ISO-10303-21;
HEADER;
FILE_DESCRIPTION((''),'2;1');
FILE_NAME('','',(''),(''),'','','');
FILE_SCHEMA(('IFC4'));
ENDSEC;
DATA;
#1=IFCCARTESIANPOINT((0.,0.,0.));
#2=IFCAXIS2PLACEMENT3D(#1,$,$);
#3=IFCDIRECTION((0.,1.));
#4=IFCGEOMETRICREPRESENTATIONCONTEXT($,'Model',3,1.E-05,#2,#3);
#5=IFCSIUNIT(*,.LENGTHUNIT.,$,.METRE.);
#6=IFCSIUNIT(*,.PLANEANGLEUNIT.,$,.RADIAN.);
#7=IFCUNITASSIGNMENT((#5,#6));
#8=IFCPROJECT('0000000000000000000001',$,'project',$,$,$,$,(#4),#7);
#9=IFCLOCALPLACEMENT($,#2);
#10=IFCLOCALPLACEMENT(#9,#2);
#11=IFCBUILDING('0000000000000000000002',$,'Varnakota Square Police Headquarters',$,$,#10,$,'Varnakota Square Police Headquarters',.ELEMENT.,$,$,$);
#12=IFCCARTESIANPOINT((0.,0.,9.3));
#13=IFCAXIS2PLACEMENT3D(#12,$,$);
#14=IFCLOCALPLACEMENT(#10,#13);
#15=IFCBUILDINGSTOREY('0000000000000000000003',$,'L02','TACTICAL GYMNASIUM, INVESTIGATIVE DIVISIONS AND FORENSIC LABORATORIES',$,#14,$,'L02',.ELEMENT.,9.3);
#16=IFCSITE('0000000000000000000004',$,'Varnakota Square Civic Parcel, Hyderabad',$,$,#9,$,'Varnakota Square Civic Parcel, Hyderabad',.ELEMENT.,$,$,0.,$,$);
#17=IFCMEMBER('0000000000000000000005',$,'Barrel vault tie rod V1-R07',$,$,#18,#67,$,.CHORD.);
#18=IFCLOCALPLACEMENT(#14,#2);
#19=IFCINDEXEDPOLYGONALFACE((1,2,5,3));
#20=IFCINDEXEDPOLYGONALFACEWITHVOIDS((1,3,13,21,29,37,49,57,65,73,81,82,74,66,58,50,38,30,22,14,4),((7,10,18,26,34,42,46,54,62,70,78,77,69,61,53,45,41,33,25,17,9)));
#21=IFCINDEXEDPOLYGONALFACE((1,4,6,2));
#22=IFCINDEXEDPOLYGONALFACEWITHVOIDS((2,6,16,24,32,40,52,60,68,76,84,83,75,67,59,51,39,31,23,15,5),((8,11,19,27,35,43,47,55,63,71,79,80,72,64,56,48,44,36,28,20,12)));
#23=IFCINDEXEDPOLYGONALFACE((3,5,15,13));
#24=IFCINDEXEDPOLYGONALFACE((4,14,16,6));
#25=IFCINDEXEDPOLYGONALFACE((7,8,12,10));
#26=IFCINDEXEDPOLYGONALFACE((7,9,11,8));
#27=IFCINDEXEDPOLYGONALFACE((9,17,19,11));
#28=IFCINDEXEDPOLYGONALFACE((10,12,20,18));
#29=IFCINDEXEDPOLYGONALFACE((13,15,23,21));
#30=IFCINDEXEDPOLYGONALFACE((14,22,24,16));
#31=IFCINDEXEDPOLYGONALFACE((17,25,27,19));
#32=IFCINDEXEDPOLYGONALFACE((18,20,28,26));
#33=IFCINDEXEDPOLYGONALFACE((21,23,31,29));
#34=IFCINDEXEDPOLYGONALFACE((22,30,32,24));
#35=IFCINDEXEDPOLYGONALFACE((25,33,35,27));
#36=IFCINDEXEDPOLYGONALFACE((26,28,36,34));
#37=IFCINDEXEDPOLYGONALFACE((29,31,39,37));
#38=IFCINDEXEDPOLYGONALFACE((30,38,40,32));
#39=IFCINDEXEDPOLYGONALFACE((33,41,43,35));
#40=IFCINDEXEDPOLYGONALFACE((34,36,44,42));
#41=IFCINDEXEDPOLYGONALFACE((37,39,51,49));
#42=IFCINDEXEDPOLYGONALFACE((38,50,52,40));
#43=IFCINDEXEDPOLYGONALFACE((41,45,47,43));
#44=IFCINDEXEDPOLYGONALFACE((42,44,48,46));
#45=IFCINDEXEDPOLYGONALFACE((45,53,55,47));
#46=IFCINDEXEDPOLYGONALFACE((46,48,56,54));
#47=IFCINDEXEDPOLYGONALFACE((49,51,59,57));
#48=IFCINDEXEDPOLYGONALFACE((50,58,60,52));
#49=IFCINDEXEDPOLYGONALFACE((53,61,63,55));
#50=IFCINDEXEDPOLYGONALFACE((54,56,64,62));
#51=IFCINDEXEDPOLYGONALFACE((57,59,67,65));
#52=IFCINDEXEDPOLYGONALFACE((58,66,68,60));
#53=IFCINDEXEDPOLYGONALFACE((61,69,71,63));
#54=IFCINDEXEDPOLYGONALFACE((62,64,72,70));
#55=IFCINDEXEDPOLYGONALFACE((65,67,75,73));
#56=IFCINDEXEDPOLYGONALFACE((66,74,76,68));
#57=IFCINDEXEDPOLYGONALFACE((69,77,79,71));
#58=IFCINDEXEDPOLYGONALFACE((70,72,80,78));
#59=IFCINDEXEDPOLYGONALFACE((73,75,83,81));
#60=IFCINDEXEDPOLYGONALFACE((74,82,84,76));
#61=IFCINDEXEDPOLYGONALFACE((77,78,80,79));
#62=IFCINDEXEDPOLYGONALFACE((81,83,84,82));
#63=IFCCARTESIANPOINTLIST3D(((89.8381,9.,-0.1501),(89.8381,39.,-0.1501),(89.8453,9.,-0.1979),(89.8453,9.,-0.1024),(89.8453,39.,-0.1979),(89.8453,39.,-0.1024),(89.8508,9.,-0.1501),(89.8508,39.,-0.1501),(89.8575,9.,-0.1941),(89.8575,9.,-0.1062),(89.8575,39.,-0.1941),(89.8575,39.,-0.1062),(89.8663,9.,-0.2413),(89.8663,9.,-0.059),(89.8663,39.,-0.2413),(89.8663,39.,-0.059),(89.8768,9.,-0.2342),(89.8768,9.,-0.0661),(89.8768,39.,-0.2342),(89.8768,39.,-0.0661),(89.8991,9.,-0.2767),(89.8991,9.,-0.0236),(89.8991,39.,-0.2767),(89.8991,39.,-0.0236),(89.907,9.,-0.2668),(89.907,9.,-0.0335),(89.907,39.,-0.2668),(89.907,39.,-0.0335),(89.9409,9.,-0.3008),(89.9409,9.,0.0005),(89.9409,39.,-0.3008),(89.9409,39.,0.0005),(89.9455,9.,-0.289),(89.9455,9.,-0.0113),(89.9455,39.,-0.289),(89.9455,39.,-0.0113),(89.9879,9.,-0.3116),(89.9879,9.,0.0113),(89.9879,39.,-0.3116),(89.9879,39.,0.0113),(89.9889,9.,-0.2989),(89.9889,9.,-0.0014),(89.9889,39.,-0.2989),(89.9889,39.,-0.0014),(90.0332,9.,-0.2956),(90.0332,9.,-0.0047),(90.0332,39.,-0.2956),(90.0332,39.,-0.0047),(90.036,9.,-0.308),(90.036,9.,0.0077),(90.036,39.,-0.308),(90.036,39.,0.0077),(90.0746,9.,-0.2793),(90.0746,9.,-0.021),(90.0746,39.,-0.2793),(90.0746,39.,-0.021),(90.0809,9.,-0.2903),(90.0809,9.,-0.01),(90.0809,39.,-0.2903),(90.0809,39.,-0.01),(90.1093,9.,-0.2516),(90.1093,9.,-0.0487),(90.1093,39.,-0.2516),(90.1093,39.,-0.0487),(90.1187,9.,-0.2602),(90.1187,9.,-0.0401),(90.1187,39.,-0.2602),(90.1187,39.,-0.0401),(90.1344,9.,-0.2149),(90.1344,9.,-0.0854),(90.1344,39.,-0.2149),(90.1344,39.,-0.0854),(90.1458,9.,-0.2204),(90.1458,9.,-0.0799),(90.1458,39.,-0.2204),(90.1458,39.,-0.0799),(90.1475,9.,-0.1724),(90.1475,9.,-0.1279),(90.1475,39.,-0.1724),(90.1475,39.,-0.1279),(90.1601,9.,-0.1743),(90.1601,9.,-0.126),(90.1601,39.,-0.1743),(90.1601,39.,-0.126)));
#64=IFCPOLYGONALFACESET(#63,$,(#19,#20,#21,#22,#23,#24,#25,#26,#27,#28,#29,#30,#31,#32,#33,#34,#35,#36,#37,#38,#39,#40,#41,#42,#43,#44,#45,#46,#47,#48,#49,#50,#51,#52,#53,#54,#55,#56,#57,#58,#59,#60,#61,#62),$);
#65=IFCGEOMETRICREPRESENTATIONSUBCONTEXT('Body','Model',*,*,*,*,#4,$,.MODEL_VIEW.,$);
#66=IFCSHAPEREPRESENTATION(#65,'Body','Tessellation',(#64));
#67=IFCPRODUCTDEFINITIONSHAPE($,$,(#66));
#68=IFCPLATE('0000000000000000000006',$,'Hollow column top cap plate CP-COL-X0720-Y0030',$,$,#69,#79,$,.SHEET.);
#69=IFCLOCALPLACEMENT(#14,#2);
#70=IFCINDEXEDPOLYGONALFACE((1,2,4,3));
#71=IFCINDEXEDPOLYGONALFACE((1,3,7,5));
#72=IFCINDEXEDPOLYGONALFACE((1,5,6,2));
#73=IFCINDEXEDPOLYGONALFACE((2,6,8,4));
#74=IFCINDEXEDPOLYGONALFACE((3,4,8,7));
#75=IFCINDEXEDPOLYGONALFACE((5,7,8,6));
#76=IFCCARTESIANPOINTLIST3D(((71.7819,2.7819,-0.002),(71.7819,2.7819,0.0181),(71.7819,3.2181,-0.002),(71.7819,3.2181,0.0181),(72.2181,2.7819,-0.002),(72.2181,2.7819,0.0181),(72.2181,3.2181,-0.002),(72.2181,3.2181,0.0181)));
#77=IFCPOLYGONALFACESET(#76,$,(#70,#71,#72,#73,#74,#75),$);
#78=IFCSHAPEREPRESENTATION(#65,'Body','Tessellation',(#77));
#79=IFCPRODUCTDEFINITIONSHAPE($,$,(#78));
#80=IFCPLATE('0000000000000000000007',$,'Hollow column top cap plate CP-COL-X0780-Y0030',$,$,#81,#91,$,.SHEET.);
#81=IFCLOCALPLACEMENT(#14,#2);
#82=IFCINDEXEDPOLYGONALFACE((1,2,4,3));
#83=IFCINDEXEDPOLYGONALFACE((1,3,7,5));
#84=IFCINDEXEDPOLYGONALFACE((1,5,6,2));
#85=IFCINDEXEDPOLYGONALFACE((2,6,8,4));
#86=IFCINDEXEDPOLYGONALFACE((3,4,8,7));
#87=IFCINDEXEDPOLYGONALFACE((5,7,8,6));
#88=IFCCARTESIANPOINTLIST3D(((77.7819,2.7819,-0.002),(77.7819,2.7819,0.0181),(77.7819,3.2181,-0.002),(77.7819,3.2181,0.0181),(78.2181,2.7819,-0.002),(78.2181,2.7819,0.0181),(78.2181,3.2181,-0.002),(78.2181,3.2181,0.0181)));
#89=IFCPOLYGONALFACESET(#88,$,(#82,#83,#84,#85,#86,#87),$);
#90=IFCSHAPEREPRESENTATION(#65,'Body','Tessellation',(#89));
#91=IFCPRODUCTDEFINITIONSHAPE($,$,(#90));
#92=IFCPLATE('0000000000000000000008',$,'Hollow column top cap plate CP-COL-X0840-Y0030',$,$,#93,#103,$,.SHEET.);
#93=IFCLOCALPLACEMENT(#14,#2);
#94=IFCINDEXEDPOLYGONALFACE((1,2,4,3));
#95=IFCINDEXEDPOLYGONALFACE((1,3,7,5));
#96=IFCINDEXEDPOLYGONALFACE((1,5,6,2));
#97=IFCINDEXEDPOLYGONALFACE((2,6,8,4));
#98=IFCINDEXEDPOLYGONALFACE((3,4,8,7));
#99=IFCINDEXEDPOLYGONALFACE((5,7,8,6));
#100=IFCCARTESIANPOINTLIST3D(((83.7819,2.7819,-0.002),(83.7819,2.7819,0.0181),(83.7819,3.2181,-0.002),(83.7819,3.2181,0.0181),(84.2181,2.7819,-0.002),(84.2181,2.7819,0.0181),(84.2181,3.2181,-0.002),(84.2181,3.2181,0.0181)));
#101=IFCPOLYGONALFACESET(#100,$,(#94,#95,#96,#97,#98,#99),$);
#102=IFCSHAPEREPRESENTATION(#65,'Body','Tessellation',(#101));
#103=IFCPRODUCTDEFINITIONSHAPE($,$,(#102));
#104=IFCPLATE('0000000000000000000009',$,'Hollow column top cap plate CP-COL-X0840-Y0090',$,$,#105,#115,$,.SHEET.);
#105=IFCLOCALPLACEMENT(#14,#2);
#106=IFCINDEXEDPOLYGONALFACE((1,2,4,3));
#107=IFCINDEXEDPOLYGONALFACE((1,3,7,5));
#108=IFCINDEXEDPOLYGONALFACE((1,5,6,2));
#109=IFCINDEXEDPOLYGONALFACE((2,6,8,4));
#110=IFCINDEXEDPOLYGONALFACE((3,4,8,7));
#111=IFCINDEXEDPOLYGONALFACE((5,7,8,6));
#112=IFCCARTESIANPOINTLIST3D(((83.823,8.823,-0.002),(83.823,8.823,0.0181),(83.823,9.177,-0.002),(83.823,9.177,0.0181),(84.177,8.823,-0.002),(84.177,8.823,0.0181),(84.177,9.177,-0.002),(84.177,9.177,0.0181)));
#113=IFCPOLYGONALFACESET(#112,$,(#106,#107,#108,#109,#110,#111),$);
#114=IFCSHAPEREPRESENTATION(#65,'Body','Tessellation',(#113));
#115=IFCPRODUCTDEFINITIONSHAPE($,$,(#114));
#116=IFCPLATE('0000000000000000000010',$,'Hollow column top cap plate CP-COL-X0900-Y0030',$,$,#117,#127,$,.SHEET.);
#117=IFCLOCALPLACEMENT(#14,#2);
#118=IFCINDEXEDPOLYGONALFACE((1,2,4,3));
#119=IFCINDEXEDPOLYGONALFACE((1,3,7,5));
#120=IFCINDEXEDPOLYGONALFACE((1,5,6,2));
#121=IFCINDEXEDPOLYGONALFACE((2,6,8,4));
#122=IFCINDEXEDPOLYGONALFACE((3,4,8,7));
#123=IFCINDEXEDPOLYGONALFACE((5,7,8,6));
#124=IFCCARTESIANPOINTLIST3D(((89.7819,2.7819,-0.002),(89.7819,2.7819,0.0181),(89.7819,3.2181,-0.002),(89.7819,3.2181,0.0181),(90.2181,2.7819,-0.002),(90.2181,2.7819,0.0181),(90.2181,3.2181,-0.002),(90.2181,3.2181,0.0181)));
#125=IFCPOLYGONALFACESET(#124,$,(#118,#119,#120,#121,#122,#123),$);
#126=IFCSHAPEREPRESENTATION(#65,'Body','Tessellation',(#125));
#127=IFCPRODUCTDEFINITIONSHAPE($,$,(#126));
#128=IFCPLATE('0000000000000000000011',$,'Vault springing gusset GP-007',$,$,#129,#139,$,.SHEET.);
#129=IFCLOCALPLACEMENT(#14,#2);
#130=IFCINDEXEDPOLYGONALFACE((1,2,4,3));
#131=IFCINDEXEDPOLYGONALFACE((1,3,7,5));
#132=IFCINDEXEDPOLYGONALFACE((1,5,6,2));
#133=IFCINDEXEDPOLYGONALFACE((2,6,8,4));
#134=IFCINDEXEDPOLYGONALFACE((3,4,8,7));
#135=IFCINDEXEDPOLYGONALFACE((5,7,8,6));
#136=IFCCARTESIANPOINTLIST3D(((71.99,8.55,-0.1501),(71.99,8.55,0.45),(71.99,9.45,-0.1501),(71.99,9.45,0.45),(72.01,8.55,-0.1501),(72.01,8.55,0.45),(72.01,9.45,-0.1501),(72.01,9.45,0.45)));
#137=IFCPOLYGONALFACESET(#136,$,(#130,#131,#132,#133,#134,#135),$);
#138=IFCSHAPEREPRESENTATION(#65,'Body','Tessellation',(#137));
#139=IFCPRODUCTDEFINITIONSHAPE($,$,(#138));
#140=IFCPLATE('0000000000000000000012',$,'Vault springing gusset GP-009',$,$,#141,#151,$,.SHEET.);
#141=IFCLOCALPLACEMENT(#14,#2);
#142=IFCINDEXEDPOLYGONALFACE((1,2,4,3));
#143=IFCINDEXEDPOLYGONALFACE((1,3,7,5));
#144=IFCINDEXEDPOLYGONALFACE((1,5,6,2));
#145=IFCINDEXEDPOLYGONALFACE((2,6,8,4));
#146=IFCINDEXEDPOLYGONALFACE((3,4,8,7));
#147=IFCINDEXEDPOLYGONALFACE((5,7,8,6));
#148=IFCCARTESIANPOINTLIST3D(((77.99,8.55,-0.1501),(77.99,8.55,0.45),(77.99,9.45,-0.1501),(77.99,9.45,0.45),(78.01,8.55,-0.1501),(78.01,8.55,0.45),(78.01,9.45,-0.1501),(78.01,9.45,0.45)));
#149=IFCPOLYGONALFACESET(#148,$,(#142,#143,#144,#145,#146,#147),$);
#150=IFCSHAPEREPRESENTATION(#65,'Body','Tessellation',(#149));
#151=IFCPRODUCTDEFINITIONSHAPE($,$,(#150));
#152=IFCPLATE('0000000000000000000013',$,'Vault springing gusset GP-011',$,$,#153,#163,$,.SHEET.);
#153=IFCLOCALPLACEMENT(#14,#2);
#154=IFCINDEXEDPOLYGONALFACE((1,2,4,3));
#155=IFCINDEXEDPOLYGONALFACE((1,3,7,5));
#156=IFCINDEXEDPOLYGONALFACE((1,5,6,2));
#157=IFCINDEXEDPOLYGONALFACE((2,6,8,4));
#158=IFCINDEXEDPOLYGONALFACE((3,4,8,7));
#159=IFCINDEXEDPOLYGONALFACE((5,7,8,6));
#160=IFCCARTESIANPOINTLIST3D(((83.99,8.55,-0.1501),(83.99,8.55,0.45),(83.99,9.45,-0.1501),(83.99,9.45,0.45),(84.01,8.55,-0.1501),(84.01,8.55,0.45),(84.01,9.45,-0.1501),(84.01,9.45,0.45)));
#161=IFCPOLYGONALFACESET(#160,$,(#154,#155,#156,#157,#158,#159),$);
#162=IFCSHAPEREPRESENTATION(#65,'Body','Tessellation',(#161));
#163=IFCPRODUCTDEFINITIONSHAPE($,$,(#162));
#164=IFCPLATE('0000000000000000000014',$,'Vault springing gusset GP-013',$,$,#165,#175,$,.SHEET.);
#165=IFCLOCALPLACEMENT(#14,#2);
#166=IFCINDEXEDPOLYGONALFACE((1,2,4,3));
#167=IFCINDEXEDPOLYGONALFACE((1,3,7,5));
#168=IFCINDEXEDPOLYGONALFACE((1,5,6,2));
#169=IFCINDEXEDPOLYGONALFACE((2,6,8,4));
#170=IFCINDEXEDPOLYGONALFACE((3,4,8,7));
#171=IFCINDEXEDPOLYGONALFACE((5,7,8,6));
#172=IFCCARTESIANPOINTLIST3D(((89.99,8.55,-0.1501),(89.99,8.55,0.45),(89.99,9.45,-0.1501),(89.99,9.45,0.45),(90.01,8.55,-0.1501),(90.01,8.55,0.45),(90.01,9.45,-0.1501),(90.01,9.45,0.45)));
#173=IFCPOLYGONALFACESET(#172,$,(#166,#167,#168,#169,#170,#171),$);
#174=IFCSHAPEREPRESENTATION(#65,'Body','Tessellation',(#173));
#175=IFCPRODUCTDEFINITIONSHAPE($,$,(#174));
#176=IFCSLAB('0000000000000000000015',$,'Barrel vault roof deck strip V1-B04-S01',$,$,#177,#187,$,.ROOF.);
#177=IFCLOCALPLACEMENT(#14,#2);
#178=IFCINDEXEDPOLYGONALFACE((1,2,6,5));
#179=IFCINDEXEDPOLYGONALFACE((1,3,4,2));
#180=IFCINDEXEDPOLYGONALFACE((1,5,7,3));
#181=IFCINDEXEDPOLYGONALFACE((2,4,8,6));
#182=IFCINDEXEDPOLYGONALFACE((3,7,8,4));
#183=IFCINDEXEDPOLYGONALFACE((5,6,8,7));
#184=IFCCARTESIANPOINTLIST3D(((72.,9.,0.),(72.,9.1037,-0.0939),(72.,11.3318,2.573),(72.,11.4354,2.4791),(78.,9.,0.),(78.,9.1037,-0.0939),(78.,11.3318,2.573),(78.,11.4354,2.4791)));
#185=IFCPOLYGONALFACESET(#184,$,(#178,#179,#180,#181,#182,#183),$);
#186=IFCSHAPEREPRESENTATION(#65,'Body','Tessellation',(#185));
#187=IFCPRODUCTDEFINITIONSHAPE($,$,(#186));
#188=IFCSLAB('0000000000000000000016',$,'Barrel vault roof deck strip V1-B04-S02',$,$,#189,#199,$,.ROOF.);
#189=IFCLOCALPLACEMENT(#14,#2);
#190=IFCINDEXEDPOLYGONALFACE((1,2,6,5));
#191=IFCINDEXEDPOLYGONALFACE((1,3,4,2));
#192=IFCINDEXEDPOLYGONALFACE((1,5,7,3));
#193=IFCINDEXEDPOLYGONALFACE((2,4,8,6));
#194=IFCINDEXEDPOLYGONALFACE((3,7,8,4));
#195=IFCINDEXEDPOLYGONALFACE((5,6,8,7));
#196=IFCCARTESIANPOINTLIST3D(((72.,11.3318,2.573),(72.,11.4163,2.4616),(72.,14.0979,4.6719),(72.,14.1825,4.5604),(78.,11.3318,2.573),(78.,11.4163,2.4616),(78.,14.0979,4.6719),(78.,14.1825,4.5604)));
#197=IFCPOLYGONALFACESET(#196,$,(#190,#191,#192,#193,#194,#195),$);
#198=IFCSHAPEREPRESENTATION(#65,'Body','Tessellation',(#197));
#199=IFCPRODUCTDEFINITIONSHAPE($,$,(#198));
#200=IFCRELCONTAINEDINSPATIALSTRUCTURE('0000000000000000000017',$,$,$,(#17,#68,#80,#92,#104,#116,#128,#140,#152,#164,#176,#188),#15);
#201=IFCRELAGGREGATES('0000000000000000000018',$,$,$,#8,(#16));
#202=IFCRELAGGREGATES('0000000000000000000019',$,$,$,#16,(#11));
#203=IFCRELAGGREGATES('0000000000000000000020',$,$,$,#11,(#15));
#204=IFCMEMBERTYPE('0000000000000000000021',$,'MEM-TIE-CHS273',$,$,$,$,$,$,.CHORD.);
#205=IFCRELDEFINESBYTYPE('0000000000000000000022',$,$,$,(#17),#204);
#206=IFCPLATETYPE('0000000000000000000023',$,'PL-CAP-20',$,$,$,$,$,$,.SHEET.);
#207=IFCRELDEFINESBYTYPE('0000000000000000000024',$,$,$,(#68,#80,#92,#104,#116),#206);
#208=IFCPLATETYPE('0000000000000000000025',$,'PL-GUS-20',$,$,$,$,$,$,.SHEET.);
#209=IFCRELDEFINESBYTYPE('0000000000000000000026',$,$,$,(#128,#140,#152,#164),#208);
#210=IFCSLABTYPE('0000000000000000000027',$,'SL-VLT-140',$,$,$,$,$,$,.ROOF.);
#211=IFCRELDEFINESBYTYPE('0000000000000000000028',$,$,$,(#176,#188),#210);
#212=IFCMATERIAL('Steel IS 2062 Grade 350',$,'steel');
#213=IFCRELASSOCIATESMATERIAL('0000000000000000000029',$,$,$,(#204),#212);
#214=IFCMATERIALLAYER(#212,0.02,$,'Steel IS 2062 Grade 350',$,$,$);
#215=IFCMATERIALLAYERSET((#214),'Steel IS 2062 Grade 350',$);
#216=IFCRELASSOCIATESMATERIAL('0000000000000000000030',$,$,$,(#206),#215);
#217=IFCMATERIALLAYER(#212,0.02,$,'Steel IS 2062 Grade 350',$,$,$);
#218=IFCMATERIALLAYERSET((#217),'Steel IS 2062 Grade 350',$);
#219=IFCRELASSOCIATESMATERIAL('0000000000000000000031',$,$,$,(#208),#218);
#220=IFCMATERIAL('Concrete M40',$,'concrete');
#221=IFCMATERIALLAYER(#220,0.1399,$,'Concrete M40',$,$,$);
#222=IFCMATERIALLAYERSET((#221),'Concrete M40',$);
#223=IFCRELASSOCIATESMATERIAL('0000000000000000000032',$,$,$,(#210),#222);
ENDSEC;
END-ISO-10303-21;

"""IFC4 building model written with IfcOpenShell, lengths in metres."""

from ifc_helpers import new_model, si_unit, direction, frame, origin, origin_2d, place, context, subcontext, project, spatial, polyline, rectangle, hollow_circle, outline, extrude, material, layer, layer_set, material_profile, profile_set, type_object, element, save


model = new_model("IFC4")

# Units and contexts
model_context = context("Model", 3, precision=1e-05, world=origin(), true_north=direction((0.0, 1.0)))
body_context = subcontext(model_context, "Body", "Model", "MODEL_VIEW")
ifc_project = project(units=[si_unit("LENGTHUNIT", "METRE"), si_unit("PLANEANGLEUNIT", "RADIAN")], contexts=[model_context])

# Site, building, storey
site_placement = place(None, origin())
site = spatial("IfcSite", under=ifc_project, at=site_placement, Name="Varnakota Square Civic Parcel, Hyderabad", LongName="Varnakota Square Civic Parcel, Hyderabad", CompositionType="ELEMENT", RefElevation=0.0)
building_placement = place(site_placement, origin())
building = spatial("IfcBuilding", under=site, at=building_placement, Name="Varnakota Square Police Headquarters", LongName="Varnakota Square Police Headquarters", CompositionType="ELEMENT")
storey_placement = place(building_placement, frame((0.0, 0.0, 9.3)))
storey = spatial("IfcBuildingStorey", under=building, at=storey_placement, Name="L02", Description="TACTICAL GYMNASIUM, INVESTIGATIVE DIVISIONS AND FORENSIC LABORATORIES", LongName="L02", CompositionType="ELEMENT", Elevation=9.3)

# Shared definitions
ifc_material_1 = material(Name="Steel IS 2062 Grade 350", Category="steel")

# Member
ifc_material_profile_1 = material_profile(ifc_material_1, hollow_circle(Radius=0.1619, WallThickness=0.0127, at=origin_2d()), Name="CHS 323.9x12.7")
ifc_profile_set_1 = profile_set([ifc_material_profile_1], Name="Steel IS 2062 Grade 350")
member_type_1 = type_object("IfcMemberType", Name="MEM-TIE-CHS273", PredefinedType="CHORD", material=ifc_profile_set_1)
for number, where, z_axis, x_axis, name in (
    (1, (90.0, 9.0, -0.1501), (0.0, 1.0, 0.0), (-1.0, 0.0, 0.0), "Barrel vault tie rod V1-R07"),
):
    element("IfcMember", number, at=place(storey_placement, frame(where, z_axis=z_axis, x_axis=x_axis)), inside=storey, type_object=member_type_1, Name=name, PredefinedType="CHORD", context=body_context, shape_type="SweptSolid", body=[
        extrude(hollow_circle(Radius=0.1619, WallThickness=0.0127, at=origin_2d()), origin(), (0.0, 0.0, 1.0), 30.0),
    ])

# Plates
ifc_layer_1 = layer(ifc_material_1, 0.02, Name="Steel IS 2062 Grade 350")
ifc_layer_set_1 = layer_set([ifc_layer_1], Name="Steel IS 2062 Grade 350")
plate_type_1 = type_object("IfcPlateType", Name="PL-CAP-20", PredefinedType="SHEET", material=ifc_layer_set_1)
for number, where, z_axis, x_axis, name in (
    (2, (72.0, 3.0, -0.002), (0.0, 0.0, 1.0), (1.0, 0.0, 0.0), "Hollow column top cap plate CP-COL-X0720-Y0030"),
    (3, (78.0, 3.0, -0.002), (0.0, 0.0, 1.0), (1.0, 0.0, 0.0), "Hollow column top cap plate CP-COL-X0780-Y0030"),
    (4, (84.0, 3.0, -0.002), (0.0, 0.0, 1.0), (1.0, 0.0, 0.0), "Hollow column top cap plate CP-COL-X0840-Y0030"),
):
    element("IfcPlate", number, at=place(storey_placement, frame(where, z_axis=z_axis, x_axis=x_axis)), inside=storey, type_object=plate_type_1, Name=name, PredefinedType="SHEET", context=body_context, shape_type="SweptSolid", body=[
        extrude(rectangle(XDim=0.4363, YDim=0.4363, at=origin_2d()), origin(), (0.0, 0.0, 1.0), 0.02),
    ])
plate_1_placement = place(storey_placement, frame((84.0, 9.0, -0.002), z_axis=(0.0, 0.0, 1.0), x_axis=(1.0, 0.0, 0.0)))
element("IfcPlate", 5, at=plate_1_placement, inside=storey, type_object=plate_type_1, Name="Hollow column top cap plate CP-COL-X0840-Y0090", PredefinedType="SHEET", context=body_context, shape_type="SweptSolid", body=[
    extrude(rectangle(XDim=0.354, YDim=0.354, at=origin_2d()), origin(), (0.0, 0.0, 1.0), 0.02),
])
plate_2_placement = place(storey_placement, frame((90.0, 3.0, -0.002), z_axis=(0.0, 0.0, 1.0), x_axis=(1.0, 0.0, 0.0)))
element("IfcPlate", 6, at=plate_2_placement, inside=storey, type_object=plate_type_1, Name="Hollow column top cap plate CP-COL-X0900-Y0030", PredefinedType="SHEET", context=body_context, shape_type="SweptSolid", body=[
    extrude(rectangle(XDim=0.4363, YDim=0.4363, at=origin_2d()), origin(), (0.0, 0.0, 1.0), 0.02),
])
ifc_layer_2 = layer(ifc_material_1, 0.02, Name="Steel IS 2062 Grade 350")
ifc_layer_set_2 = layer_set([ifc_layer_2], Name="Steel IS 2062 Grade 350")
plate_type_2 = type_object("IfcPlateType", Name="PL-GUS-20", PredefinedType="SHEET", material=ifc_layer_set_2)
for number, where, z_axis, x_axis, name in (
    (7, (72.0, 9.0, -0.1501), (0.0, 0.0, 1.0), (1.0, 0.0, 0.0), "Vault springing gusset GP-007"),
    (8, (78.0, 9.0, -0.1501), (0.0, 0.0, 1.0), (1.0, 0.0, 0.0), "Vault springing gusset GP-009"),
    (9, (84.0, 9.0, -0.1501), (0.0, 0.0, 1.0), (1.0, 0.0, 0.0), "Vault springing gusset GP-011"),
    (10, (90.0, 9.0, -0.1501), (0.0, 0.0, 1.0), (1.0, 0.0, 0.0), "Vault springing gusset GP-013"),
):
    element("IfcPlate", number, at=place(storey_placement, frame(where, z_axis=z_axis, x_axis=x_axis)), inside=storey, type_object=plate_type_2, Name=name, PredefinedType="SHEET", context=body_context, shape_type="SweptSolid", body=[
        extrude(rectangle(XDim=0.02, YDim=0.8999, at=origin_2d()), origin(), (0.0, 0.0, 1.0), 0.6001),
    ])

# Slabs
ifc_material_2 = material(Name="Concrete M40", Category="concrete")
ifc_layer_3 = layer(ifc_material_2, 0.1399, Name="Concrete M40")
ifc_layer_set_3 = layer_set([ifc_layer_3], Name="Concrete M40")
slab_type = type_object("IfcSlabType", Name="SL-VLT-140", PredefinedType="ROOF", material=ifc_layer_set_3)
slab_1_placement = place(storey_placement, frame((72.0, 9.0, 0.0), z_axis=(0.0, -0.740986, 0.671521), x_axis=(1.0, 0.0, 0.0)))
element("IfcSlab", 11, at=slab_1_placement, inside=storey, type_object=slab_type, Name="Barrel vault roof deck strip V1-B04-S01", PredefinedType="ROOF", context=body_context, shape_type="SweptSolid", body=[
    extrude(outline(polyline([(0.0, 0.0), (6.0, 0.0), (6.0, 3.4724), (0.0, 3.4724), (0.0, 0.0)])), origin(), (0.0, 0.0, -1.0), 0.1399),
])
slab_2_placement = place(storey_placement, frame((72.0, 11.3318, 2.573), z_axis=(0.0, -0.604468, 0.796629), x_axis=(1.0, 0.0, 0.0)))
element("IfcSlab", 12, at=slab_2_placement, inside=storey, type_object=slab_type, Name="Barrel vault roof deck strip V1-B04-S02", PredefinedType="ROOF", context=body_context, shape_type="SweptSolid", body=[
    extrude(outline(polyline([(0.0, 0.0), (6.0, 0.0), (6.0, 3.4723), (0.0, 3.4723), (0.0, 0.0)])), origin(), (0.0, 0.0, -1.0), 0.1399),
])

save(model, "model.ifc")
